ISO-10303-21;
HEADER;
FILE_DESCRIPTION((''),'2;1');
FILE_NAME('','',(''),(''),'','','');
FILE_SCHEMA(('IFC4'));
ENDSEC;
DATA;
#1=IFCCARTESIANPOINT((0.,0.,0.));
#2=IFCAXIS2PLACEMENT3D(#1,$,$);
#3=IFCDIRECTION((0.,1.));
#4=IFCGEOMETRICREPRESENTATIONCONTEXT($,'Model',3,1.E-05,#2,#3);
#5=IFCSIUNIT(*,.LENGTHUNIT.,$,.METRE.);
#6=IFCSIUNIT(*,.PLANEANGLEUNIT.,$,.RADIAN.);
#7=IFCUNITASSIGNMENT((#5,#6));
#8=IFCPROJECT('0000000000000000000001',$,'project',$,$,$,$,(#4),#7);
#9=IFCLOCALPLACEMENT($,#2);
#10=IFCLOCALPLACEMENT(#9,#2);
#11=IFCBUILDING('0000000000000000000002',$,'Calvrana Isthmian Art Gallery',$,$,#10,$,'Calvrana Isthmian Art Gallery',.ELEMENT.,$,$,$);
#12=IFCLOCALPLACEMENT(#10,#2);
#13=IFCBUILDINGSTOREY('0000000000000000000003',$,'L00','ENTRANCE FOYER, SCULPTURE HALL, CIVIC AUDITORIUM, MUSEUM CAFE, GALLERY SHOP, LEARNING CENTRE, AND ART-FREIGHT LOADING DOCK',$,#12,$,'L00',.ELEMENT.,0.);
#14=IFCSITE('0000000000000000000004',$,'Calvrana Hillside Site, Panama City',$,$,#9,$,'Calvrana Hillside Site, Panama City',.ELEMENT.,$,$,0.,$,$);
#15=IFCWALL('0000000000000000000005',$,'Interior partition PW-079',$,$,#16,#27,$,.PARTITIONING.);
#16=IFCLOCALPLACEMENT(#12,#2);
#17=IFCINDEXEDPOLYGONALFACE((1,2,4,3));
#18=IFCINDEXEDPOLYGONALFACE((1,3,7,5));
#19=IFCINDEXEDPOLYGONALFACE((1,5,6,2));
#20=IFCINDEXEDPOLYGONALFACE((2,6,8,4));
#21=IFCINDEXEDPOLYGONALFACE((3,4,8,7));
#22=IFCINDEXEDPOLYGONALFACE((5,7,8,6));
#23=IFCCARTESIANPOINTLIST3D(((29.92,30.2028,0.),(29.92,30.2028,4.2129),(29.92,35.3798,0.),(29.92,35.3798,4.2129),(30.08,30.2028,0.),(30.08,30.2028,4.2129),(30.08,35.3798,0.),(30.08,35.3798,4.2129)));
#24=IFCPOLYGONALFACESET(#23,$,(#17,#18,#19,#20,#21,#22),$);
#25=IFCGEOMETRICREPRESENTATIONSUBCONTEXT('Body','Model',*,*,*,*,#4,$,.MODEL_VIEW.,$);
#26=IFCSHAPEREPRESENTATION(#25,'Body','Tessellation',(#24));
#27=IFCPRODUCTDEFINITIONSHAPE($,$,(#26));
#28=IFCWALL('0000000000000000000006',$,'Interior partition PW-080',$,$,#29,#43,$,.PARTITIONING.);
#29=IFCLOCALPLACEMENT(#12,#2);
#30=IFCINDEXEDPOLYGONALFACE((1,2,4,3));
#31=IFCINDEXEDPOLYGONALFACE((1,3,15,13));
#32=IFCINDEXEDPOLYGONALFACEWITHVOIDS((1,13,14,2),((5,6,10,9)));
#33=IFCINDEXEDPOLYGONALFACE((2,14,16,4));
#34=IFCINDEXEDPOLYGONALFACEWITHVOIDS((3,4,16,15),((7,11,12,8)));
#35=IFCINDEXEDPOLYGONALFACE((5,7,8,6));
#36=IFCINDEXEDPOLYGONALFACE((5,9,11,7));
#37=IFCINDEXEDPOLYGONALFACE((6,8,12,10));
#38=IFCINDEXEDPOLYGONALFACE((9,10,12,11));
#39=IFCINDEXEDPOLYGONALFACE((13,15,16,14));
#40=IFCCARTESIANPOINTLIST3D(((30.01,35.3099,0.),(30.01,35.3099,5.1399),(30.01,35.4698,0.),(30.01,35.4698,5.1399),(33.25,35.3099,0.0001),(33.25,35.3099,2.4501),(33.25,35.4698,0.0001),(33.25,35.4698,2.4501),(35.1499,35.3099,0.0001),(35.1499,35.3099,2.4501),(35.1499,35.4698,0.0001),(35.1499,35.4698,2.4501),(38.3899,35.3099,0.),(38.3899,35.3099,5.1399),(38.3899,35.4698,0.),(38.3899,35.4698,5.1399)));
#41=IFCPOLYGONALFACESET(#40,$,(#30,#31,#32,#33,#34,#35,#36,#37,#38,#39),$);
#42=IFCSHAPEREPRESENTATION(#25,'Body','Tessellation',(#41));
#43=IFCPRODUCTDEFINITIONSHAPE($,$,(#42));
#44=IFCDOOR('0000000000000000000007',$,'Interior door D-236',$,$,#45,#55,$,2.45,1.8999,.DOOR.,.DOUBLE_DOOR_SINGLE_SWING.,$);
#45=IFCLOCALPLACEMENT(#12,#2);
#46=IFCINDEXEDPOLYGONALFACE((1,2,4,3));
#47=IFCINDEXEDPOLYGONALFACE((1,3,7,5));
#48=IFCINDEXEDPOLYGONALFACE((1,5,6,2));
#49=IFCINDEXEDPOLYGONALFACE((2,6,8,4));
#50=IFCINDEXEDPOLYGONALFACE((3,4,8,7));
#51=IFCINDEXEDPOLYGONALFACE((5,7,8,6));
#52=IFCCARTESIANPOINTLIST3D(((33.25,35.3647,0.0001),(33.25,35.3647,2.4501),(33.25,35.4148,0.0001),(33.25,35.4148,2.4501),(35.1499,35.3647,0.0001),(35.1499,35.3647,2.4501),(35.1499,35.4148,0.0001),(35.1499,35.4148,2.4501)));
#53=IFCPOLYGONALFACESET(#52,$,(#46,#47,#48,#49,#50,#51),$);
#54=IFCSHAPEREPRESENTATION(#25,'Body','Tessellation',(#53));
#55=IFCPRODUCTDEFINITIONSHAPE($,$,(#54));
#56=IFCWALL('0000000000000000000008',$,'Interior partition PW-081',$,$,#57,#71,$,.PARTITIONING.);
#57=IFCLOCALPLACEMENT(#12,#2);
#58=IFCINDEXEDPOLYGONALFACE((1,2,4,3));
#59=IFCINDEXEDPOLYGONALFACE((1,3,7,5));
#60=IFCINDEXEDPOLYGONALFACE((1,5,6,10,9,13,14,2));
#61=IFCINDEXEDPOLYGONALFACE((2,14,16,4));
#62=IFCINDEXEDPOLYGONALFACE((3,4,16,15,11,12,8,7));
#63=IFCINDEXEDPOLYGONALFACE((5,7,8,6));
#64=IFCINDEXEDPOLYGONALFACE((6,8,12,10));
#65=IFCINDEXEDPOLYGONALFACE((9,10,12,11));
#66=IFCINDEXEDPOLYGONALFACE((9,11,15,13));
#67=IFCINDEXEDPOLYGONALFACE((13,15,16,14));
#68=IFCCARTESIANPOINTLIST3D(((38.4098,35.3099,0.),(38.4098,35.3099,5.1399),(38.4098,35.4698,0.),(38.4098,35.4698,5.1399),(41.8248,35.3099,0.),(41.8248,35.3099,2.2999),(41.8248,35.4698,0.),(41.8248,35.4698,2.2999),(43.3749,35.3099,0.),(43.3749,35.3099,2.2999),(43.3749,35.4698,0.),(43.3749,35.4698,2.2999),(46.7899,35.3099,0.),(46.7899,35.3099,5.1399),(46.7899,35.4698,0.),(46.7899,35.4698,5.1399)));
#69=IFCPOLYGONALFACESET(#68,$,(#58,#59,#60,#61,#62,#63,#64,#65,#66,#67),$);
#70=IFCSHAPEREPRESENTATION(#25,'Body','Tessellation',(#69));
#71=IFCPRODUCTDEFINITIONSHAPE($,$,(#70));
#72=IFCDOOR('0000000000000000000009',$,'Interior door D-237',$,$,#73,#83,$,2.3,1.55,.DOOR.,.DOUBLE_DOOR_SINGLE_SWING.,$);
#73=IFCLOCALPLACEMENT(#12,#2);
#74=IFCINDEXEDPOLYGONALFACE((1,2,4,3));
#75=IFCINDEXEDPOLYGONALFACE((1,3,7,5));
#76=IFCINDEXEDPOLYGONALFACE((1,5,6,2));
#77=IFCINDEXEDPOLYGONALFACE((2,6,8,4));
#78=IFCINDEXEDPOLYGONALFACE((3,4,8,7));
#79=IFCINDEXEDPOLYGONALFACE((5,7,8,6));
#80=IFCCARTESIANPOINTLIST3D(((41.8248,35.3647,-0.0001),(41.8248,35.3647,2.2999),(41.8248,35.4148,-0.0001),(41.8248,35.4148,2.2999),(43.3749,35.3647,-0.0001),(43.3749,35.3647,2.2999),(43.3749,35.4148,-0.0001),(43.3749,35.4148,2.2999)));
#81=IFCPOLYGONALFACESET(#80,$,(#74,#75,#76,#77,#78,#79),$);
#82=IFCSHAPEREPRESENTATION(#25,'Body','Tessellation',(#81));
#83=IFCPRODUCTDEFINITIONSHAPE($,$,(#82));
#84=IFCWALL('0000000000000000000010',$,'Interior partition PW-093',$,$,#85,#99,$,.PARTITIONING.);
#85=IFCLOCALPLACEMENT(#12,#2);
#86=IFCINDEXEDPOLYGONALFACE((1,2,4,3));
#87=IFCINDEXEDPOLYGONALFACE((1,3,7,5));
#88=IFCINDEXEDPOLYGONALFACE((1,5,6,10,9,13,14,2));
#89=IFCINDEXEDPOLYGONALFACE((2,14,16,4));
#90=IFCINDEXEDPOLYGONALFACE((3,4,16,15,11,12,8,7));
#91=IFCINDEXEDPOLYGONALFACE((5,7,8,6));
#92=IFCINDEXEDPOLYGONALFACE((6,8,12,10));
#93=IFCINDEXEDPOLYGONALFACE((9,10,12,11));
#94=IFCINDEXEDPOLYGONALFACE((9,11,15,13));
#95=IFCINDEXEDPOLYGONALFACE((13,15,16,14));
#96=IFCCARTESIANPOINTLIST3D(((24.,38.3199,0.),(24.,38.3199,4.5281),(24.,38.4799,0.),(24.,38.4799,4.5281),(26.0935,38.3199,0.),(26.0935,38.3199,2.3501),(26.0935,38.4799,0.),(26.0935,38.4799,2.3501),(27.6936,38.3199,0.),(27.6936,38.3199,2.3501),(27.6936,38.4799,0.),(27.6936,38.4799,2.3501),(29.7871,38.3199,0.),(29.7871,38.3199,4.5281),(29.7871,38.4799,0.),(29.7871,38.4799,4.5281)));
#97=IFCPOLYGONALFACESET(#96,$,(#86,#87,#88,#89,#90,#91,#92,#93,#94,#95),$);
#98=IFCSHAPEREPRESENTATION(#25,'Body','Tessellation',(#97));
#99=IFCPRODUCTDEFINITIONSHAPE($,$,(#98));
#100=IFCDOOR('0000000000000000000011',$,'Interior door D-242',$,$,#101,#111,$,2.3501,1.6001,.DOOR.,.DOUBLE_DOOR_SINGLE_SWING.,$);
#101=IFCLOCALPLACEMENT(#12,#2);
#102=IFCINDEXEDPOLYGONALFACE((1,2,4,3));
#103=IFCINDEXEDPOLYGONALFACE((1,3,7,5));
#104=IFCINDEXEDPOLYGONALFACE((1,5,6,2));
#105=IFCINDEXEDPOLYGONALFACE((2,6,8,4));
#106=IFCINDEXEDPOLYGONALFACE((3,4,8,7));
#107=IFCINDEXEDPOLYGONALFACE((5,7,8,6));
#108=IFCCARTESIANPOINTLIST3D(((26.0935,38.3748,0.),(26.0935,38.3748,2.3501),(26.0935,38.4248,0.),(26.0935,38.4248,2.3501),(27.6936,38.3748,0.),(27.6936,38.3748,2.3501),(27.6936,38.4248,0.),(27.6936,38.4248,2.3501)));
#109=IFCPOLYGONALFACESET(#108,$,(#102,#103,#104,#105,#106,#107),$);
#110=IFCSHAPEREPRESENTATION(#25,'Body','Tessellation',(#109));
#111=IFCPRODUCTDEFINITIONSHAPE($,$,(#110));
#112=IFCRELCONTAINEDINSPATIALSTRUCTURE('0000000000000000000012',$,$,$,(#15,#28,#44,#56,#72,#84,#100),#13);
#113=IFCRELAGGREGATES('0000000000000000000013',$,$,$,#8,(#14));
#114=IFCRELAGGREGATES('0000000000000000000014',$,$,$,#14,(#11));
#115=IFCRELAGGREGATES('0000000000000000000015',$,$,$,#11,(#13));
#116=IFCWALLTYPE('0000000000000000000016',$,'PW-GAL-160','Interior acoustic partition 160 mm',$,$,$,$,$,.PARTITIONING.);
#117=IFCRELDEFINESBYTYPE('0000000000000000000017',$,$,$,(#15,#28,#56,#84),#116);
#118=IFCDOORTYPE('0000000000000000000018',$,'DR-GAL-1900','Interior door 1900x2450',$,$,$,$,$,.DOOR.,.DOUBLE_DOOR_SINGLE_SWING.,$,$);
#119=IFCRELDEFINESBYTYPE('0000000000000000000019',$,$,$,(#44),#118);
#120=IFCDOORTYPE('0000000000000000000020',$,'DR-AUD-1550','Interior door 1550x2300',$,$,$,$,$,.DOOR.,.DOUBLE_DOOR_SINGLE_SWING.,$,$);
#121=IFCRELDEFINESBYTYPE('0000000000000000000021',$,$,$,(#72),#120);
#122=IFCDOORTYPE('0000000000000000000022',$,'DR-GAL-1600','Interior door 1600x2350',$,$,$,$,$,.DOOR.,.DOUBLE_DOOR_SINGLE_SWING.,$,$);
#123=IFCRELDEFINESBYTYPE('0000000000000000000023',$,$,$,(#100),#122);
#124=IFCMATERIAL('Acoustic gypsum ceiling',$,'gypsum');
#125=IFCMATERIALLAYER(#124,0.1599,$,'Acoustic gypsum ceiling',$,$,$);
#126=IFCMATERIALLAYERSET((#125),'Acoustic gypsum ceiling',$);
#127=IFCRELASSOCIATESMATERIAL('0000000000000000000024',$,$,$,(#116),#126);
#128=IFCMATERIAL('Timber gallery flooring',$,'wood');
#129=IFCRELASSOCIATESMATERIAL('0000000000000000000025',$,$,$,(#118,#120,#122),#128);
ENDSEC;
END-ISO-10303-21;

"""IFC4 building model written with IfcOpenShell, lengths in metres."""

from ifc_helpers import new_model, si_unit, direction, frame, frame_2d, origin, place, context, subcontext, project, spatial, rectangle, extrude, material, layer, layer_set, type_object, element, fill, save


model = new_model("IFC4")

# Units and contexts
model_context = context("Model", 3, precision=1e-05, world=origin(), true_north=direction((0.0, 1.0)))
body_context = subcontext(model_context, "Body", "Model", "MODEL_VIEW")
ifc_project = project(units=[si_unit("LENGTHUNIT", "METRE"), si_unit("PLANEANGLEUNIT", "RADIAN")], contexts=[model_context])

# Site, building, storey
site_placement = place(None, origin())
site = spatial("IfcSite", under=ifc_project, at=site_placement, Name="Calvrana Hillside Site, Panama City", LongName="Calvrana Hillside Site, Panama City", CompositionType="ELEMENT", RefElevation=0.0)
building_placement = place(site_placement, origin())
building = spatial("IfcBuilding", under=site, at=building_placement, Name="Calvrana Isthmian Art Gallery", LongName="Calvrana Isthmian Art Gallery", CompositionType="ELEMENT")
storey_placement = place(building_placement, origin())
storey = spatial("IfcBuildingStorey", under=building, at=storey_placement, Name="L00", Description="ENTRANCE FOYER, SCULPTURE HALL, CIVIC AUDITORIUM, MUSEUM CAFE, GALLERY SHOP, LEARNING CENTRE, AND ART-FREIGHT LOADING DOCK", LongName="L00", CompositionType="ELEMENT", Elevation=0.0)

# Shared definitions
ifc_material_1 = material(Name="Acoustic gypsum ceiling", Category="gypsum")
ifc_layer = layer(ifc_material_1, 0.1599, Name="Acoustic gypsum ceiling")
ifc_layer_set = layer_set([ifc_layer], Name="Acoustic gypsum ceiling")
wall_type = type_object("IfcWallType", Name="PW-GAL-160", Description="Interior acoustic partition 160 mm", PredefinedType="PARTITIONING", material=ifc_layer_set)
ifc_material_2 = material(Name="Timber gallery flooring", Category="wood")

# Wall
wall_1_placement = place(storey_placement, frame((30.0, 30.2029, 0.0), z_axis=(0.0, 0.0, 1.0), x_axis=(0.0, 1.0, 0.0)))
element("IfcWall", 1, at=wall_1_placement, inside=storey, type_object=wall_type, Name="Interior partition PW-079", PredefinedType="PARTITIONING", context=body_context, shape_type="SweptSolid", body=[
    extrude(rectangle(XDim=5.177, YDim=0.1599, at=frame_2d((2.5884, 0.0))), origin(), (0.0, 0.0, 1.0), 4.2129),
])

# Walls, openings, doors
wall_2_placement = place(storey_placement, frame((30.01, 35.3899, 0.0), z_axis=(0.0, 0.0, 1.0), x_axis=(1.0, 0.0, 0.0)))
wall_2 = element("IfcWall", 2, at=wall_2_placement, inside=storey, type_object=wall_type, Name="Interior partition PW-080", PredefinedType="PARTITIONING", context=body_context, shape_type="SweptSolid", body=[
    extrude(rectangle(XDim=8.3799, YDim=0.1599, at=frame_2d((4.1899, 0.0))), origin(), (0.0, 0.0, 1.0), 5.1399),
])
opening_1_placement = place(wall_2_placement, frame((3.24, 0.0, 0.0)))
opening_1 = element("IfcOpeningElement", 3, at=opening_1_placement, cuts=wall_2, PredefinedType="OPENING", context=body_context, shape_type="SweptSolid", body=[
    extrude(rectangle(XDim=1.8999, YDim=2.45, at=frame_2d((0.95, 1.2251))), frame((0.0, 0.0903, 0.0), z_axis=(0.0, -1.0, 0.0), x_axis=(1.0, 0.0, 0.0)), (0.0, 0.0, 1.0), 0.1804),
])
door_type_1 = type_object("IfcDoorType", Name="DR-GAL-1900", Description="Interior door 1900x2450", OperationType="DOUBLE_DOOR_SINGLE_SWING", PredefinedType="DOOR", material=ifc_material_2)
door_1_placement = place(opening_1_placement, origin())
door_1 = element("IfcDoor", 4, at=door_1_placement, inside=storey, type_object=door_type_1, Name="Interior door D-236", OperationType="DOUBLE_DOOR_SINGLE_SWING", OverallHeight=2.45, OverallWidth=1.8999, PredefinedType="DOOR", context=body_context, shape_type="SweptSolid", body=[
    extrude(rectangle(XDim=1.8999, YDim=2.45, at=frame_2d((0.95, 1.2251))), frame((0.0, 0.0249, 0.0), z_axis=(0.0, -1.0, 0.0), x_axis=(1.0, 0.0, 0.0)), (0.0, 0.0, 1.0), 0.05),
])
fill(opening_1, door_1)
wall_3_placement = place(storey_placement, frame((38.4099, 35.3899, 0.0), z_axis=(0.0, 0.0, 1.0), x_axis=(1.0, 0.0, 0.0)))
wall_3 = element("IfcWall", 5, at=wall_3_placement, inside=storey, type_object=wall_type, Name="Interior partition PW-081", PredefinedType="PARTITIONING", context=body_context, shape_type="SweptSolid", body=[
    extrude(rectangle(XDim=8.3801, YDim=0.1599, at=frame_2d((4.1899, 0.0))), origin(), (0.0, 0.0, 1.0), 5.1399),
])
opening_2_placement = place(wall_3_placement, frame((3.415, 0.0, 0.0)))
opening_2 = element("IfcOpeningElement", 6, at=opening_2_placement, cuts=wall_3, PredefinedType="OPENING", context=body_context, shape_type="SweptSolid", body=[
    extrude(rectangle(XDim=1.55, YDim=2.3, at=frame_2d((0.7749, 1.1499))), frame((0.0, 0.0903, 0.0), z_axis=(0.0, -1.0, 0.0), x_axis=(1.0, 0.0, 0.0)), (0.0, 0.0, 1.0), 0.1804),
])
door_type_2 = type_object("IfcDoorType", Name="DR-AUD-1550", Description="Interior door 1550x2300", OperationType="DOUBLE_DOOR_SINGLE_SWING", PredefinedType="DOOR", material=ifc_material_2)
door_2_placement = place(opening_2_placement, origin())
door_2 = element("IfcDoor", 7, at=door_2_placement, inside=storey, type_object=door_type_2, Name="Interior door D-237", OperationType="DOUBLE_DOOR_SINGLE_SWING", OverallHeight=2.3, OverallWidth=1.55, PredefinedType="DOOR", context=body_context, shape_type="SweptSolid", body=[
    extrude(rectangle(XDim=1.55, YDim=2.3, at=frame_2d((0.7749, 1.1499))), frame((0.0, 0.0249, 0.0), z_axis=(0.0, -1.0, 0.0), x_axis=(1.0, 0.0, 0.0)), (0.0, 0.0, 1.0), 0.05),
])
fill(opening_2, door_2)
wall_4_placement = place(storey_placement, frame((24.0, 38.3999, 0.0), z_axis=(0.0, 0.0, 1.0), x_axis=(1.0, 0.0, 0.0)))
wall_4 = element("IfcWall", 8, at=wall_4_placement, inside=storey, type_object=wall_type, Name="Interior partition PW-093", PredefinedType="PARTITIONING", context=body_context, shape_type="SweptSolid", body=[
    extrude(rectangle(XDim=5.7871, YDim=0.1599, at=frame_2d((2.8936, 0.0))), origin(), (0.0, 0.0, 1.0), 4.5281),
])
opening_3_placement = place(wall_4_placement, frame((2.0935, 0.0, 0.0)))
opening_3 = element("IfcOpeningElement", 9, at=opening_3_placement, cuts=wall_4, PredefinedType="OPENING", context=body_context, shape_type="SweptSolid", body=[
    extrude(rectangle(XDim=1.6001, YDim=2.3501, at=frame_2d((0.8, 1.175))), frame((0.0, 0.0903, 0.0), z_axis=(0.0, -1.0, 0.0), x_axis=(1.0, 0.0, 0.0)), (0.0, 0.0, 1.0), 0.1804),
])
door_type_3 = type_object("IfcDoorType", Name="DR-GAL-1600", Description="Interior door 1600x2350", OperationType="DOUBLE_DOOR_SINGLE_SWING", PredefinedType="DOOR", material=ifc_material_2)
door_3_placement = place(opening_3_placement, origin())
door_3 = element("IfcDoor", 10, at=door_3_placement, inside=storey, type_object=door_type_3, Name="Interior door D-242", OperationType="DOUBLE_DOOR_SINGLE_SWING", OverallHeight=2.3501, OverallWidth=1.6001, PredefinedType="DOOR", context=body_context, shape_type="SweptSolid", body=[
    extrude(rectangle(XDim=1.6001, YDim=2.3501, at=frame_2d((0.8, 1.175))), frame((0.0, 0.0249, 0.0), z_axis=(0.0, -1.0, 0.0), x_axis=(1.0, 0.0, 0.0)), (0.0, 0.0, 1.0), 0.05),
])
fill(opening_3, door_3)

save(model, "model.ifc")
